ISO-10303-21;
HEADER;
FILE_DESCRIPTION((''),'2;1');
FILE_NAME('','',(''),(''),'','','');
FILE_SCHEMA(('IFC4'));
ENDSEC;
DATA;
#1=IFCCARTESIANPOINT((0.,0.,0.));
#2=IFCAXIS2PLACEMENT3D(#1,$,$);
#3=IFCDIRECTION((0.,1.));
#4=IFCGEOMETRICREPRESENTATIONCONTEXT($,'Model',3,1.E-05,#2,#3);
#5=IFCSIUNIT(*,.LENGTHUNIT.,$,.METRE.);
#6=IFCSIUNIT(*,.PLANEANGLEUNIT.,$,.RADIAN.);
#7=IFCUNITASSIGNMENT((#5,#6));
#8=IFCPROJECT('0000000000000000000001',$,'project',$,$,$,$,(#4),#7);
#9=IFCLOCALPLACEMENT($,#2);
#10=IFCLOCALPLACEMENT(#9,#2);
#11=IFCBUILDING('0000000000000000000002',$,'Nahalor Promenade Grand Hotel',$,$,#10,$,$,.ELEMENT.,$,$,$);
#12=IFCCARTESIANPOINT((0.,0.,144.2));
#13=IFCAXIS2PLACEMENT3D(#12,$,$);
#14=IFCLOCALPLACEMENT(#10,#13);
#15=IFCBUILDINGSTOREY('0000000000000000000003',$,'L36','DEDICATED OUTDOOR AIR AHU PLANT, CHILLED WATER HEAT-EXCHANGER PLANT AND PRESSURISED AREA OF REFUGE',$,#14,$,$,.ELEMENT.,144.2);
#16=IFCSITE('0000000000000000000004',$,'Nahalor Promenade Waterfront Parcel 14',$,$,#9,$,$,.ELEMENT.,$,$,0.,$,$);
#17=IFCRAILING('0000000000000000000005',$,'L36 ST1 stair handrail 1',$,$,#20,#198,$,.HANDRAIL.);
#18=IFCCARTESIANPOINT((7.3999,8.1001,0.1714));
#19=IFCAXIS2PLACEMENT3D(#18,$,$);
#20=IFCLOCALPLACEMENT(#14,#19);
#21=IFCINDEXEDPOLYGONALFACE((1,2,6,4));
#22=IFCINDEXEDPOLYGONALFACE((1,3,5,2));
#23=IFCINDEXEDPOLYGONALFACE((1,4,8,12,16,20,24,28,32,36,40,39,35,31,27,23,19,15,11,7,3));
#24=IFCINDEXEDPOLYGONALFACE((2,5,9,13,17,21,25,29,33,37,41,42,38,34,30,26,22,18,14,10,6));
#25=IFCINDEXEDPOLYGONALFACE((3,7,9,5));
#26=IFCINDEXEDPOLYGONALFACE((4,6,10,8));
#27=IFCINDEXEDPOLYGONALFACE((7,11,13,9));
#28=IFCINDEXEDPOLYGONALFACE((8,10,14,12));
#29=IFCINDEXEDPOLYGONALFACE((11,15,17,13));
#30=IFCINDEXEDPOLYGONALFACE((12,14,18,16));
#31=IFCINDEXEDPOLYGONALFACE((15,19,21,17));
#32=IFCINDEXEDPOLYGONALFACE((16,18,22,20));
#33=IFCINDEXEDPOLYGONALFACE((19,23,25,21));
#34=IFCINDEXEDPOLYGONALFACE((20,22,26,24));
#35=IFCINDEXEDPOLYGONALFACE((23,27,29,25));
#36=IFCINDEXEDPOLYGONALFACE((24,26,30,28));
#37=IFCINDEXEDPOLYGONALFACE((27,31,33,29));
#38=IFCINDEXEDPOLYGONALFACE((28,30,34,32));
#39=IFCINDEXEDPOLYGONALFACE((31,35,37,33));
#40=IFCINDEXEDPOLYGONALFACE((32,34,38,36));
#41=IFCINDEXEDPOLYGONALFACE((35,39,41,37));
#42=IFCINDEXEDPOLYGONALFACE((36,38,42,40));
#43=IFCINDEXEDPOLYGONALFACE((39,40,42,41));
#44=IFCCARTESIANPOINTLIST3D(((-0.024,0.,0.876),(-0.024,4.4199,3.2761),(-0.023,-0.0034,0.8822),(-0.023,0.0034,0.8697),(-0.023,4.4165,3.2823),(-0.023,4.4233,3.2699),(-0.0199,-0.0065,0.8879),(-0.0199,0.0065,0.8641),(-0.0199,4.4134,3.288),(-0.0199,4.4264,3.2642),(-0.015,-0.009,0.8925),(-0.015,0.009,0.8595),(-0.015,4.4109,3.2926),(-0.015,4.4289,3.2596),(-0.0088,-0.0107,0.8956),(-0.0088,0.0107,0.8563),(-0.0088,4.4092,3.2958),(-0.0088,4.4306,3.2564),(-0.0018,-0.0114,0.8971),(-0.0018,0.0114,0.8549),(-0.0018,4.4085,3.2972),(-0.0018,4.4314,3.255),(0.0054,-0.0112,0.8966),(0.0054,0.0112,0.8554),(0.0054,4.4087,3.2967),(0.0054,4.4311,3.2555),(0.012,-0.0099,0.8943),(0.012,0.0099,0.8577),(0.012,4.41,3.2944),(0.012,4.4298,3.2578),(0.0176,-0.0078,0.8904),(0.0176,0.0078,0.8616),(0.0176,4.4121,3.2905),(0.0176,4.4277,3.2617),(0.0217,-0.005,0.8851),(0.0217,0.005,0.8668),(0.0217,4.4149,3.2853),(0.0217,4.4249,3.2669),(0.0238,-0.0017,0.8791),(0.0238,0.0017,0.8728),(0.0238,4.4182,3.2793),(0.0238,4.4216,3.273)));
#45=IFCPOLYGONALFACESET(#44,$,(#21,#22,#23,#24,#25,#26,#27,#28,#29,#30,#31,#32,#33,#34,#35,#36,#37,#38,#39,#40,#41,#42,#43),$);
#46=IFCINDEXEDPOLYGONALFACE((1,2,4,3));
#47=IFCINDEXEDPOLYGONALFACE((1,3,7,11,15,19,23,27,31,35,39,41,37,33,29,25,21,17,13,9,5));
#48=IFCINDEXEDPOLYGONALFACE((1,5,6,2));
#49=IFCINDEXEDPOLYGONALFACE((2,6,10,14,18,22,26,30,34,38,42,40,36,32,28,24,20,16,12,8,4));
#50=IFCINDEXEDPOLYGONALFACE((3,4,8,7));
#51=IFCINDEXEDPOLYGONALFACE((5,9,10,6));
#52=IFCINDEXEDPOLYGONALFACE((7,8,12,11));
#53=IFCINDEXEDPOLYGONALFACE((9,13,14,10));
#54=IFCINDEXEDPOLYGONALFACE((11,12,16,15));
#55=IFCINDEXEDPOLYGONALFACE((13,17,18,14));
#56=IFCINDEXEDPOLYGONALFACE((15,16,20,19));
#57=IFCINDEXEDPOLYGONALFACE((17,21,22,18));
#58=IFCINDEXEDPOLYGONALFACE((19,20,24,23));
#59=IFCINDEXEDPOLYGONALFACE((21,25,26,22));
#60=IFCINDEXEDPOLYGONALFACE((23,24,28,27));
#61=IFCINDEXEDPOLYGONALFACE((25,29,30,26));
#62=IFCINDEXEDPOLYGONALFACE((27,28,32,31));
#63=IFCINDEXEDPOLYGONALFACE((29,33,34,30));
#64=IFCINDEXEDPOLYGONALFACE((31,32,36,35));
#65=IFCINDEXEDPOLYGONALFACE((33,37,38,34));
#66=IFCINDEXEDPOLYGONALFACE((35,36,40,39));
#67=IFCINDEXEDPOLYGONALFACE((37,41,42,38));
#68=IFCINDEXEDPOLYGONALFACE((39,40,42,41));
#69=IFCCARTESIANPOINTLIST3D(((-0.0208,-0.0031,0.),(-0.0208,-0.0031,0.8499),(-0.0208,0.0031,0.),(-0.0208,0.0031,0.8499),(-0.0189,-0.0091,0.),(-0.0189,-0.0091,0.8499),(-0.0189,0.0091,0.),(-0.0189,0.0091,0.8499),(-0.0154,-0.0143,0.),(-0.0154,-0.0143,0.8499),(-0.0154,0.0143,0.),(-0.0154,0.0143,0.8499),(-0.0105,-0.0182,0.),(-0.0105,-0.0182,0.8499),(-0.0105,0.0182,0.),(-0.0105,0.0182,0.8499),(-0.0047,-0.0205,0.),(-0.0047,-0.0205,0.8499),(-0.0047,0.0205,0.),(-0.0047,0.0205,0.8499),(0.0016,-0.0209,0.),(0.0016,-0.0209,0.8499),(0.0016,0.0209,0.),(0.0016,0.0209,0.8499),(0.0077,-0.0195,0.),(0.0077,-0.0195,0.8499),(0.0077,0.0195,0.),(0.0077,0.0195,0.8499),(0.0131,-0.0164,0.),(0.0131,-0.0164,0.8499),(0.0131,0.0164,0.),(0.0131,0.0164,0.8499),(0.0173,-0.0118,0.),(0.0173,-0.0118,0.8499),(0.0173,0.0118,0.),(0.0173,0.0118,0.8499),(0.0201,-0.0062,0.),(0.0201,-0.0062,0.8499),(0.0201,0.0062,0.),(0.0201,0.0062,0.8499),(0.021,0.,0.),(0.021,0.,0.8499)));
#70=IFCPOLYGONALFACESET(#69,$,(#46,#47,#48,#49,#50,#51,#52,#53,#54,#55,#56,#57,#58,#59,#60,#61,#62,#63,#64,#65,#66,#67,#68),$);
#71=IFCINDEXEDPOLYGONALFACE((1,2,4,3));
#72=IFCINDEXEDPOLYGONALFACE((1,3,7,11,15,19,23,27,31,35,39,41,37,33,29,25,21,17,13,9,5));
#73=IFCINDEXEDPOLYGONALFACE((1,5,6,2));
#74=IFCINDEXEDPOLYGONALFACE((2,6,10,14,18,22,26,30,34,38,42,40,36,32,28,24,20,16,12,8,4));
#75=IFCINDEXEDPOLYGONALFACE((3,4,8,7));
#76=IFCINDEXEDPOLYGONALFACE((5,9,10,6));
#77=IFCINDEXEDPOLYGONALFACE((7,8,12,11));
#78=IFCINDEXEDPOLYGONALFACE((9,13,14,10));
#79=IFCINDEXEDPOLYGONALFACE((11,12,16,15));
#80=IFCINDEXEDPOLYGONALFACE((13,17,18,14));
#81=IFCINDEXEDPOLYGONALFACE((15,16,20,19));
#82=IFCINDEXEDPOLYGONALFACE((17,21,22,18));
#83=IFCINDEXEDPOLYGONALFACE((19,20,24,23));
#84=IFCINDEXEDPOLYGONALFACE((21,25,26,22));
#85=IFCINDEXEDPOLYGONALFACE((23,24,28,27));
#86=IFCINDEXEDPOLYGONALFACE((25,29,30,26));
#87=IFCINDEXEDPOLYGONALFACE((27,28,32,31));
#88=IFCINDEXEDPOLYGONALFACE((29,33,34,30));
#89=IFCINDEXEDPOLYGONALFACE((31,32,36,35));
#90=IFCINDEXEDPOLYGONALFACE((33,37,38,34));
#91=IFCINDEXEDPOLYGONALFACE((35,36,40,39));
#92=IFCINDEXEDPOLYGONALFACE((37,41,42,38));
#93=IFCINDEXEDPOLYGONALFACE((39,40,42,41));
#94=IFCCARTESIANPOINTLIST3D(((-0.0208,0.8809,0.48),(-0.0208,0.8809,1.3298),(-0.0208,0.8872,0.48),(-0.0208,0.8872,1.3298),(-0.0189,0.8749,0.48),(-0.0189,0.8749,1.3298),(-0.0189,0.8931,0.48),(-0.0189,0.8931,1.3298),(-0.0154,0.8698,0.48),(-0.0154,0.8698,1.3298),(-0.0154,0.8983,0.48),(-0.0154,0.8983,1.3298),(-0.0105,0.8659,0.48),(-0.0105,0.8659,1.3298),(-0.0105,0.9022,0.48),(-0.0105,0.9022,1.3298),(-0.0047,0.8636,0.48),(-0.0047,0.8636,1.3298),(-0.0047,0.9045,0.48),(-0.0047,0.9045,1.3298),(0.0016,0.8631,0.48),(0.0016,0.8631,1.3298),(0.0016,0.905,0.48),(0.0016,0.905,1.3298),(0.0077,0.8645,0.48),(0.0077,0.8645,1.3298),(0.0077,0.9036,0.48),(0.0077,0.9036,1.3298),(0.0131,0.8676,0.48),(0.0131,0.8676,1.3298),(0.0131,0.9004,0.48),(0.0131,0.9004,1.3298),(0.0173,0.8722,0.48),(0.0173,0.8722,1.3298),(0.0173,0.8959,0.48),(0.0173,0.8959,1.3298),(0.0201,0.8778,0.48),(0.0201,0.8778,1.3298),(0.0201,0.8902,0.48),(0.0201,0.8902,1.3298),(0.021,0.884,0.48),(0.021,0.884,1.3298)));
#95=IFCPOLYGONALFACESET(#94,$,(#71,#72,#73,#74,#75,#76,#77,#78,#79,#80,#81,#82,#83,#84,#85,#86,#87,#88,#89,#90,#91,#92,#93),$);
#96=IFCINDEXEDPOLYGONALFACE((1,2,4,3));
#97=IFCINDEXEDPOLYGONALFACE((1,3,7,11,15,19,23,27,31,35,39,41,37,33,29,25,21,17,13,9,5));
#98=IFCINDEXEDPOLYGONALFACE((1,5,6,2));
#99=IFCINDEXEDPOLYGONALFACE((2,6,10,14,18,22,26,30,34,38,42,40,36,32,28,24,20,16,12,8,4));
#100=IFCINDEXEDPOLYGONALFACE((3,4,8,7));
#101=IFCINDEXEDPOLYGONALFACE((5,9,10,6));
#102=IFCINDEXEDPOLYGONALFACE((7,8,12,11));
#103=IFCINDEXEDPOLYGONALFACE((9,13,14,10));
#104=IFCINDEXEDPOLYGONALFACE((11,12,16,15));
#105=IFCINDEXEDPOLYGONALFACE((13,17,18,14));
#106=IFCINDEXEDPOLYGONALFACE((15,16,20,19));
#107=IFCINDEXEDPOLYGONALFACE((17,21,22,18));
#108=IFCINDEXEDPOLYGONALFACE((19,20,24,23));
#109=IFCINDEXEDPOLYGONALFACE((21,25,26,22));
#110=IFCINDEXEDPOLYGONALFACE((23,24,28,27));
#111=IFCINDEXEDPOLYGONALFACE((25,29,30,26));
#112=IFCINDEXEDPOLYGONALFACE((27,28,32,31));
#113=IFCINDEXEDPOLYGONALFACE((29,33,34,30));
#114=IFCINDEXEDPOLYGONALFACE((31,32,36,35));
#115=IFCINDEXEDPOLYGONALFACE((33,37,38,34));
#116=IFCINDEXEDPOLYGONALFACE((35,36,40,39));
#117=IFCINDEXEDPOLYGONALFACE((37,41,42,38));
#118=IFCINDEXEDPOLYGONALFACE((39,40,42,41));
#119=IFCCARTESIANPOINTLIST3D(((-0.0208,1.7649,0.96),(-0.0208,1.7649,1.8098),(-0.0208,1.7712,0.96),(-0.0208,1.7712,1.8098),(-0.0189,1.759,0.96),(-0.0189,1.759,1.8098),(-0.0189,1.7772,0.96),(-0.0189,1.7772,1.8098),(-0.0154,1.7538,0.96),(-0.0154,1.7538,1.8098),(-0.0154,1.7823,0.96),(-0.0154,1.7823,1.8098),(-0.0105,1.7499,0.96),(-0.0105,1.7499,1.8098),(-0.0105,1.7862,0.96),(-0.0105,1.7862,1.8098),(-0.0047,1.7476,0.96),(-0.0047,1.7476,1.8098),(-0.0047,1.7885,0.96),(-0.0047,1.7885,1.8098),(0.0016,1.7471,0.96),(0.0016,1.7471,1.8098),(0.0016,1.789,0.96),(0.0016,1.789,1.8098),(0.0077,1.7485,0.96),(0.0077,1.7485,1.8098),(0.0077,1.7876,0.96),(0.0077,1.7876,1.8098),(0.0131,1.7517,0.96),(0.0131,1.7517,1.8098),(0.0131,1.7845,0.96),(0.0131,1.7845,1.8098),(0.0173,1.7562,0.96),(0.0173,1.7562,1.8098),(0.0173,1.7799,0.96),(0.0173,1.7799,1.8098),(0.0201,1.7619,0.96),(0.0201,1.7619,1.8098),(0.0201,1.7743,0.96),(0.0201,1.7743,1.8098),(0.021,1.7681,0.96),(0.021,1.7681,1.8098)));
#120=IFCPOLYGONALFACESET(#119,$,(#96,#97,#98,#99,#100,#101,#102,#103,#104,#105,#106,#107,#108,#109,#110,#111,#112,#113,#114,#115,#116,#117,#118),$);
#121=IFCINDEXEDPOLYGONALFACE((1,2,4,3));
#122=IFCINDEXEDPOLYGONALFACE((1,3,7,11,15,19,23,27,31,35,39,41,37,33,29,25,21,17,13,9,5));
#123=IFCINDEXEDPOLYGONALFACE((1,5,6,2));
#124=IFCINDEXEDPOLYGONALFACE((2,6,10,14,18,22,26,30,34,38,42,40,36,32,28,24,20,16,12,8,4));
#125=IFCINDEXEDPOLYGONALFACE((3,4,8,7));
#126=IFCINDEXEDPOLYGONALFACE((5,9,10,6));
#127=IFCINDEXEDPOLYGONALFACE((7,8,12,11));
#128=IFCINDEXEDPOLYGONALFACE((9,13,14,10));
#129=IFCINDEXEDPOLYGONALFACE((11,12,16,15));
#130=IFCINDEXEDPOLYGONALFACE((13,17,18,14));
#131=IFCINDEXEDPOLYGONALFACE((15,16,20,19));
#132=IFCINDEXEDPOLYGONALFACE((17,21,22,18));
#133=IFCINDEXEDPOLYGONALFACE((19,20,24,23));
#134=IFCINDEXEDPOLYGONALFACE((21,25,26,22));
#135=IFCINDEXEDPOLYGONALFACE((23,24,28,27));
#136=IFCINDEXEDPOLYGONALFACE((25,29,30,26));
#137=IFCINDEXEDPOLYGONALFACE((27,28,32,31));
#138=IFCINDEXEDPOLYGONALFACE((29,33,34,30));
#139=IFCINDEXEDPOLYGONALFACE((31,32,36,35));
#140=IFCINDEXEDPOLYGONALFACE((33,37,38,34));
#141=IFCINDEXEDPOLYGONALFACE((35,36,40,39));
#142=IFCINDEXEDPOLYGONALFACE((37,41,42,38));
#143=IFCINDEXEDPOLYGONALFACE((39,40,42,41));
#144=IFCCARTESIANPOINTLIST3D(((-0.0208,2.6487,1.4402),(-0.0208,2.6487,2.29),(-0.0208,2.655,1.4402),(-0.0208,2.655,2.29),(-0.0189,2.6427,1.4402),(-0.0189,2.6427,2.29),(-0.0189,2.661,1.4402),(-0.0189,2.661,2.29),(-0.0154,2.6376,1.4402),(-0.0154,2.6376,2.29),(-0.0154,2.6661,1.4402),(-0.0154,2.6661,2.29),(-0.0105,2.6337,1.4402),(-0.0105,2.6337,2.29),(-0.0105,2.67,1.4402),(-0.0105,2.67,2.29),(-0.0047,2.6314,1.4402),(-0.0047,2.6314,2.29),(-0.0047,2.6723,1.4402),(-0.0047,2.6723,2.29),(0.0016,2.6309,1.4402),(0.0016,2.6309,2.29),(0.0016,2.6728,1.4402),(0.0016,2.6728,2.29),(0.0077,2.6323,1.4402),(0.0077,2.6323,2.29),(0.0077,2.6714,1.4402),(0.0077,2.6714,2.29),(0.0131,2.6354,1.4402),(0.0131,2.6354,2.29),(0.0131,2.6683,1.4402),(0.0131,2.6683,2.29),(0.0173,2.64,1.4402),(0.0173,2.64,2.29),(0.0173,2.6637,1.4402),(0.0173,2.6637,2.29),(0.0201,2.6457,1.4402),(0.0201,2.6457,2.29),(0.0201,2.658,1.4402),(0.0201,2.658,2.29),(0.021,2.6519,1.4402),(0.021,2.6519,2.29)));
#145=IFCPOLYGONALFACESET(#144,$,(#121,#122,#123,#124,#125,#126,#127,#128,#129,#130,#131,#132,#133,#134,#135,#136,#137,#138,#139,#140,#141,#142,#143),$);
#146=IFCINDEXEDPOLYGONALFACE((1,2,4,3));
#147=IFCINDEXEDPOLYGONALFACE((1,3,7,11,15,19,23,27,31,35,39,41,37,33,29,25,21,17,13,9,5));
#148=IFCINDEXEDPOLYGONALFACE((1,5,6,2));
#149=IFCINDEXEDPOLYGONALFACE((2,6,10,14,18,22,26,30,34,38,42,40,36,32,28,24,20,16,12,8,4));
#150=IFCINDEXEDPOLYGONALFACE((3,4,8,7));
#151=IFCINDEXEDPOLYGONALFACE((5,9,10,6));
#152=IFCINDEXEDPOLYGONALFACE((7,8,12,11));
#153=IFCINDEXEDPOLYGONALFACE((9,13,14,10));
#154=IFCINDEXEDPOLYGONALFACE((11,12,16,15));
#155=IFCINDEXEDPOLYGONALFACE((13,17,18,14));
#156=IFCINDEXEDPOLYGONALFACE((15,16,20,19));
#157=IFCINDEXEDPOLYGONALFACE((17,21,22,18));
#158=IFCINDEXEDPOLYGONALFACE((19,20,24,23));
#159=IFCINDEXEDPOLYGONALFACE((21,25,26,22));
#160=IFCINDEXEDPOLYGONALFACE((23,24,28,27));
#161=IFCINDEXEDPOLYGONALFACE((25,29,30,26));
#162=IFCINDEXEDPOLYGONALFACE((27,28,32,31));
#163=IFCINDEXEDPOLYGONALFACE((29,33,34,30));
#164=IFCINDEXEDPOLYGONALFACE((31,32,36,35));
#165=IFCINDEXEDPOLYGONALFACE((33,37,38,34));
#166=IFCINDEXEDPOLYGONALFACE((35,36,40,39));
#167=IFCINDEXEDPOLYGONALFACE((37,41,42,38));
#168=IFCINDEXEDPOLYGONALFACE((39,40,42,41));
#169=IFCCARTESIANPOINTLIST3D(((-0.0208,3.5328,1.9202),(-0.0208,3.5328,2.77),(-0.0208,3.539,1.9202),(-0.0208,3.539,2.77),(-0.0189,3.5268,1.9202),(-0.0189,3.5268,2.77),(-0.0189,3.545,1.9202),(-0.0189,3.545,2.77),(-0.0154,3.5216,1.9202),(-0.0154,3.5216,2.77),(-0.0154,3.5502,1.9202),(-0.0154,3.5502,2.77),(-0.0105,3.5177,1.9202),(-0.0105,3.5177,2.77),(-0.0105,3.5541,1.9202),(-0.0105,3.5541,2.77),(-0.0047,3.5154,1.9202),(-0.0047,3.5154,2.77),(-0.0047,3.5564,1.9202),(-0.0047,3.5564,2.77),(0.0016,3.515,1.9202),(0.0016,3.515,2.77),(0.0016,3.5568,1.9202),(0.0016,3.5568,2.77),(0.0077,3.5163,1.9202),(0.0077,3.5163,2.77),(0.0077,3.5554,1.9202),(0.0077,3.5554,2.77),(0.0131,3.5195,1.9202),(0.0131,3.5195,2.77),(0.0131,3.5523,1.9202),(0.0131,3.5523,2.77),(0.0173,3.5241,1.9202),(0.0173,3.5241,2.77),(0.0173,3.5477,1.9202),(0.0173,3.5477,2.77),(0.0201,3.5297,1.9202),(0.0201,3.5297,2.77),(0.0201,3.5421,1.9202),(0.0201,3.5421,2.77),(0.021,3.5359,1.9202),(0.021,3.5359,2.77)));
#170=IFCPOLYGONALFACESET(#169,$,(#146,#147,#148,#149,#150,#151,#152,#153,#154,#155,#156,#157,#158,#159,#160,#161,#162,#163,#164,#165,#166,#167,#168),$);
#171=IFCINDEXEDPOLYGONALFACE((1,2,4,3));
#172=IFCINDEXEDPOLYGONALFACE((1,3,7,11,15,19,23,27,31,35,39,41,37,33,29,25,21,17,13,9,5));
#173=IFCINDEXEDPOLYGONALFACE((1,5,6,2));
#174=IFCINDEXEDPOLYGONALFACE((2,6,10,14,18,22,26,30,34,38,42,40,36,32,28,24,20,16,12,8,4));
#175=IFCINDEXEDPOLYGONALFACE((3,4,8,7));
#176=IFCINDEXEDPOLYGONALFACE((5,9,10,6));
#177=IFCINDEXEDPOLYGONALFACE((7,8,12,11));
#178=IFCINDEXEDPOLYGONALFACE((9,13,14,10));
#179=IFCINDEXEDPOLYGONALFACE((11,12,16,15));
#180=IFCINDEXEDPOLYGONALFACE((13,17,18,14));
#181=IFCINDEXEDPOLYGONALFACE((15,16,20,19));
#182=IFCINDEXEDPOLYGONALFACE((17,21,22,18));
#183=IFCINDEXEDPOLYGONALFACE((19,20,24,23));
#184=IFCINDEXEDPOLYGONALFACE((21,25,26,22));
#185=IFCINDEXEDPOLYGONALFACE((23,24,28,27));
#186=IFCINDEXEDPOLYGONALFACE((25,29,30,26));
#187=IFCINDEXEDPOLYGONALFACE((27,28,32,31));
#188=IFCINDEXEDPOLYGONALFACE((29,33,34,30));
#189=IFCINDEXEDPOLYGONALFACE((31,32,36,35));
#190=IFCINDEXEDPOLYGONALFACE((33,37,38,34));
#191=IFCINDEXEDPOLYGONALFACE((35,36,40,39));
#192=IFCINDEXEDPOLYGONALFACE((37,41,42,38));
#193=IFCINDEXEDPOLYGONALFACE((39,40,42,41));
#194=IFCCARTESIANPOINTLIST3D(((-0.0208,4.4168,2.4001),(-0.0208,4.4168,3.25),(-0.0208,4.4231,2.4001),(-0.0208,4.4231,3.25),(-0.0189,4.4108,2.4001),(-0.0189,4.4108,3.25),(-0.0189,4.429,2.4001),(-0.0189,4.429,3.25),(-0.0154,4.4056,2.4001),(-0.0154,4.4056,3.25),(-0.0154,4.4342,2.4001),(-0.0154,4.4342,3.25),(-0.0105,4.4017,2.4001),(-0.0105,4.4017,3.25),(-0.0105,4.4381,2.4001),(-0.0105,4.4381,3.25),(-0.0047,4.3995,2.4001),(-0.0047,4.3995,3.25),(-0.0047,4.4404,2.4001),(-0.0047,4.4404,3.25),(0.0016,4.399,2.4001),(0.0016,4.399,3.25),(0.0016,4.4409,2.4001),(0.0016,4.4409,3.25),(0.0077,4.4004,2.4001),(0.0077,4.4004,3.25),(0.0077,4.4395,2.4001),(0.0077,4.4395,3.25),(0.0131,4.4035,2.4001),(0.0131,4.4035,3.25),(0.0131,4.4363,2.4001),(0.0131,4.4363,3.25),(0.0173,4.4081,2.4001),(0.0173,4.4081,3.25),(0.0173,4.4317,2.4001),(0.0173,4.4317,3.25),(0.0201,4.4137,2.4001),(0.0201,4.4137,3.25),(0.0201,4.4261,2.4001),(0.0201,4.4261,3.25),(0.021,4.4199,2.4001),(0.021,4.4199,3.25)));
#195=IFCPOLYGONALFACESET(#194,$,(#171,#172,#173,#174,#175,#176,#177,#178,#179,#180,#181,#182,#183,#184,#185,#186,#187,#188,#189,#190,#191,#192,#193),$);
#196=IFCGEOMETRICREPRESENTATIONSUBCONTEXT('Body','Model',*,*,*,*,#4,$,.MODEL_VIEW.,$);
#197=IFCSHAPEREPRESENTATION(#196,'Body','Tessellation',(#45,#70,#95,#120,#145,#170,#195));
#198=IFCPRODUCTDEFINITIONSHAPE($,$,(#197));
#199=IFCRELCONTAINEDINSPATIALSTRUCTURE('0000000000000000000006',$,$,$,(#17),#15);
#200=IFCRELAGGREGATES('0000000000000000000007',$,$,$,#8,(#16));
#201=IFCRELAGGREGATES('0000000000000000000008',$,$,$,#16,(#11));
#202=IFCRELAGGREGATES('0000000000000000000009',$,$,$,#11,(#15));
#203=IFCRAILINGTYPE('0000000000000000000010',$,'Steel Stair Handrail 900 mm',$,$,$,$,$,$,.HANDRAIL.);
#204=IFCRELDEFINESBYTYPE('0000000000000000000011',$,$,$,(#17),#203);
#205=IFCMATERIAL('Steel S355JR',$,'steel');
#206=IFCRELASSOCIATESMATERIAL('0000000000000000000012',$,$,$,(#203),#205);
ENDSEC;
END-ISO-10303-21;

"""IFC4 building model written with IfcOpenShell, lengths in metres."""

from ifc_helpers import new_model, si_unit, direction, frame, origin, origin_2d, place, context, subcontext, project, spatial, circle, extrude, material, type_object, element, save


model = new_model("IFC4")

# Units and contexts
model_context = context("Model", 3, precision=1e-05, world=origin(), true_north=direction((0.0, 1.0)))
body_context = subcontext(model_context, "Body", "Model", "MODEL_VIEW")
ifc_project = project(units=[si_unit("LENGTHUNIT", "METRE"), si_unit("PLANEANGLEUNIT", "RADIAN")], contexts=[model_context])

# Site, building, storey
site_placement = place(None, origin())
site = spatial("IfcSite", under=ifc_project, at=site_placement, Name="Nahalor Promenade Waterfront Parcel 14", CompositionType="ELEMENT", RefElevation=0.0)
building_placement = place(site_placement, origin())
building = spatial("IfcBuilding", under=site, at=building_placement, Name="Nahalor Promenade Grand Hotel", CompositionType="ELEMENT")
storey_placement = place(building_placement, frame((0.0, 0.0, 144.2)))
storey = spatial("IfcBuildingStorey", under=building, at=storey_placement, Name="L36", Description="DEDICATED OUTDOOR AIR AHU PLANT, CHILLED WATER HEAT-EXCHANGER PLANT AND PRESSURISED AREA OF REFUGE", CompositionType="ELEMENT", Elevation=144.2)

# Shared definitions
ifc_material_1 = material(Name="Steel S355JR", Category="steel")

# Railing
railing_type_1 = type_object("IfcRailingType", Name="Steel Stair Handrail 900 mm", PredefinedType="HANDRAIL", material=ifc_material_1)
railing_1_placement = place(storey_placement, frame((7.3999, 8.1001, 0.1714)))
element("IfcRailing", 1, at=railing_1_placement, inside=storey, type_object=railing_type_1, Name="L36 ST1 stair handrail 1", PredefinedType="HANDRAIL", context=body_context, shape_type="SweptSolid", body=[
    extrude(circle(Radius=0.024, at=origin_2d()), frame((0.0, 0.0, 0.876), z_axis=(0.0, 0.87879, 0.477209), x_axis=(-1.0, 0.0, 0.0)), (0.0, 0.0, 1.0), 5.0295),
    extrude(circle(Radius=0.021, at=origin_2d()), origin(), (0.0, 0.0, 1.0), 0.8499),
    extrude(circle(Radius=0.021, at=origin_2d()), frame((0.0, 0.884, 0.48)), (0.0, 0.0, 1.0), 0.8499),
    extrude(circle(Radius=0.021, at=origin_2d()), frame((0.0, 1.7681, 0.96)), (0.0, 0.0, 1.0), 0.8499),
    extrude(circle(Radius=0.021, at=origin_2d()), frame((0.0, 2.6519, 1.4402)), (0.0, 0.0, 1.0), 0.8499),
    extrude(circle(Radius=0.021, at=origin_2d()), frame((0.0, 3.5359, 1.9202)), (0.0, 0.0, 1.0), 0.8499),
    extrude(circle(Radius=0.021, at=origin_2d()), frame((0.0, 4.4199, 2.4001)), (0.0, 0.0, 1.0), 0.8499),
])

save(model, "model.ifc")
